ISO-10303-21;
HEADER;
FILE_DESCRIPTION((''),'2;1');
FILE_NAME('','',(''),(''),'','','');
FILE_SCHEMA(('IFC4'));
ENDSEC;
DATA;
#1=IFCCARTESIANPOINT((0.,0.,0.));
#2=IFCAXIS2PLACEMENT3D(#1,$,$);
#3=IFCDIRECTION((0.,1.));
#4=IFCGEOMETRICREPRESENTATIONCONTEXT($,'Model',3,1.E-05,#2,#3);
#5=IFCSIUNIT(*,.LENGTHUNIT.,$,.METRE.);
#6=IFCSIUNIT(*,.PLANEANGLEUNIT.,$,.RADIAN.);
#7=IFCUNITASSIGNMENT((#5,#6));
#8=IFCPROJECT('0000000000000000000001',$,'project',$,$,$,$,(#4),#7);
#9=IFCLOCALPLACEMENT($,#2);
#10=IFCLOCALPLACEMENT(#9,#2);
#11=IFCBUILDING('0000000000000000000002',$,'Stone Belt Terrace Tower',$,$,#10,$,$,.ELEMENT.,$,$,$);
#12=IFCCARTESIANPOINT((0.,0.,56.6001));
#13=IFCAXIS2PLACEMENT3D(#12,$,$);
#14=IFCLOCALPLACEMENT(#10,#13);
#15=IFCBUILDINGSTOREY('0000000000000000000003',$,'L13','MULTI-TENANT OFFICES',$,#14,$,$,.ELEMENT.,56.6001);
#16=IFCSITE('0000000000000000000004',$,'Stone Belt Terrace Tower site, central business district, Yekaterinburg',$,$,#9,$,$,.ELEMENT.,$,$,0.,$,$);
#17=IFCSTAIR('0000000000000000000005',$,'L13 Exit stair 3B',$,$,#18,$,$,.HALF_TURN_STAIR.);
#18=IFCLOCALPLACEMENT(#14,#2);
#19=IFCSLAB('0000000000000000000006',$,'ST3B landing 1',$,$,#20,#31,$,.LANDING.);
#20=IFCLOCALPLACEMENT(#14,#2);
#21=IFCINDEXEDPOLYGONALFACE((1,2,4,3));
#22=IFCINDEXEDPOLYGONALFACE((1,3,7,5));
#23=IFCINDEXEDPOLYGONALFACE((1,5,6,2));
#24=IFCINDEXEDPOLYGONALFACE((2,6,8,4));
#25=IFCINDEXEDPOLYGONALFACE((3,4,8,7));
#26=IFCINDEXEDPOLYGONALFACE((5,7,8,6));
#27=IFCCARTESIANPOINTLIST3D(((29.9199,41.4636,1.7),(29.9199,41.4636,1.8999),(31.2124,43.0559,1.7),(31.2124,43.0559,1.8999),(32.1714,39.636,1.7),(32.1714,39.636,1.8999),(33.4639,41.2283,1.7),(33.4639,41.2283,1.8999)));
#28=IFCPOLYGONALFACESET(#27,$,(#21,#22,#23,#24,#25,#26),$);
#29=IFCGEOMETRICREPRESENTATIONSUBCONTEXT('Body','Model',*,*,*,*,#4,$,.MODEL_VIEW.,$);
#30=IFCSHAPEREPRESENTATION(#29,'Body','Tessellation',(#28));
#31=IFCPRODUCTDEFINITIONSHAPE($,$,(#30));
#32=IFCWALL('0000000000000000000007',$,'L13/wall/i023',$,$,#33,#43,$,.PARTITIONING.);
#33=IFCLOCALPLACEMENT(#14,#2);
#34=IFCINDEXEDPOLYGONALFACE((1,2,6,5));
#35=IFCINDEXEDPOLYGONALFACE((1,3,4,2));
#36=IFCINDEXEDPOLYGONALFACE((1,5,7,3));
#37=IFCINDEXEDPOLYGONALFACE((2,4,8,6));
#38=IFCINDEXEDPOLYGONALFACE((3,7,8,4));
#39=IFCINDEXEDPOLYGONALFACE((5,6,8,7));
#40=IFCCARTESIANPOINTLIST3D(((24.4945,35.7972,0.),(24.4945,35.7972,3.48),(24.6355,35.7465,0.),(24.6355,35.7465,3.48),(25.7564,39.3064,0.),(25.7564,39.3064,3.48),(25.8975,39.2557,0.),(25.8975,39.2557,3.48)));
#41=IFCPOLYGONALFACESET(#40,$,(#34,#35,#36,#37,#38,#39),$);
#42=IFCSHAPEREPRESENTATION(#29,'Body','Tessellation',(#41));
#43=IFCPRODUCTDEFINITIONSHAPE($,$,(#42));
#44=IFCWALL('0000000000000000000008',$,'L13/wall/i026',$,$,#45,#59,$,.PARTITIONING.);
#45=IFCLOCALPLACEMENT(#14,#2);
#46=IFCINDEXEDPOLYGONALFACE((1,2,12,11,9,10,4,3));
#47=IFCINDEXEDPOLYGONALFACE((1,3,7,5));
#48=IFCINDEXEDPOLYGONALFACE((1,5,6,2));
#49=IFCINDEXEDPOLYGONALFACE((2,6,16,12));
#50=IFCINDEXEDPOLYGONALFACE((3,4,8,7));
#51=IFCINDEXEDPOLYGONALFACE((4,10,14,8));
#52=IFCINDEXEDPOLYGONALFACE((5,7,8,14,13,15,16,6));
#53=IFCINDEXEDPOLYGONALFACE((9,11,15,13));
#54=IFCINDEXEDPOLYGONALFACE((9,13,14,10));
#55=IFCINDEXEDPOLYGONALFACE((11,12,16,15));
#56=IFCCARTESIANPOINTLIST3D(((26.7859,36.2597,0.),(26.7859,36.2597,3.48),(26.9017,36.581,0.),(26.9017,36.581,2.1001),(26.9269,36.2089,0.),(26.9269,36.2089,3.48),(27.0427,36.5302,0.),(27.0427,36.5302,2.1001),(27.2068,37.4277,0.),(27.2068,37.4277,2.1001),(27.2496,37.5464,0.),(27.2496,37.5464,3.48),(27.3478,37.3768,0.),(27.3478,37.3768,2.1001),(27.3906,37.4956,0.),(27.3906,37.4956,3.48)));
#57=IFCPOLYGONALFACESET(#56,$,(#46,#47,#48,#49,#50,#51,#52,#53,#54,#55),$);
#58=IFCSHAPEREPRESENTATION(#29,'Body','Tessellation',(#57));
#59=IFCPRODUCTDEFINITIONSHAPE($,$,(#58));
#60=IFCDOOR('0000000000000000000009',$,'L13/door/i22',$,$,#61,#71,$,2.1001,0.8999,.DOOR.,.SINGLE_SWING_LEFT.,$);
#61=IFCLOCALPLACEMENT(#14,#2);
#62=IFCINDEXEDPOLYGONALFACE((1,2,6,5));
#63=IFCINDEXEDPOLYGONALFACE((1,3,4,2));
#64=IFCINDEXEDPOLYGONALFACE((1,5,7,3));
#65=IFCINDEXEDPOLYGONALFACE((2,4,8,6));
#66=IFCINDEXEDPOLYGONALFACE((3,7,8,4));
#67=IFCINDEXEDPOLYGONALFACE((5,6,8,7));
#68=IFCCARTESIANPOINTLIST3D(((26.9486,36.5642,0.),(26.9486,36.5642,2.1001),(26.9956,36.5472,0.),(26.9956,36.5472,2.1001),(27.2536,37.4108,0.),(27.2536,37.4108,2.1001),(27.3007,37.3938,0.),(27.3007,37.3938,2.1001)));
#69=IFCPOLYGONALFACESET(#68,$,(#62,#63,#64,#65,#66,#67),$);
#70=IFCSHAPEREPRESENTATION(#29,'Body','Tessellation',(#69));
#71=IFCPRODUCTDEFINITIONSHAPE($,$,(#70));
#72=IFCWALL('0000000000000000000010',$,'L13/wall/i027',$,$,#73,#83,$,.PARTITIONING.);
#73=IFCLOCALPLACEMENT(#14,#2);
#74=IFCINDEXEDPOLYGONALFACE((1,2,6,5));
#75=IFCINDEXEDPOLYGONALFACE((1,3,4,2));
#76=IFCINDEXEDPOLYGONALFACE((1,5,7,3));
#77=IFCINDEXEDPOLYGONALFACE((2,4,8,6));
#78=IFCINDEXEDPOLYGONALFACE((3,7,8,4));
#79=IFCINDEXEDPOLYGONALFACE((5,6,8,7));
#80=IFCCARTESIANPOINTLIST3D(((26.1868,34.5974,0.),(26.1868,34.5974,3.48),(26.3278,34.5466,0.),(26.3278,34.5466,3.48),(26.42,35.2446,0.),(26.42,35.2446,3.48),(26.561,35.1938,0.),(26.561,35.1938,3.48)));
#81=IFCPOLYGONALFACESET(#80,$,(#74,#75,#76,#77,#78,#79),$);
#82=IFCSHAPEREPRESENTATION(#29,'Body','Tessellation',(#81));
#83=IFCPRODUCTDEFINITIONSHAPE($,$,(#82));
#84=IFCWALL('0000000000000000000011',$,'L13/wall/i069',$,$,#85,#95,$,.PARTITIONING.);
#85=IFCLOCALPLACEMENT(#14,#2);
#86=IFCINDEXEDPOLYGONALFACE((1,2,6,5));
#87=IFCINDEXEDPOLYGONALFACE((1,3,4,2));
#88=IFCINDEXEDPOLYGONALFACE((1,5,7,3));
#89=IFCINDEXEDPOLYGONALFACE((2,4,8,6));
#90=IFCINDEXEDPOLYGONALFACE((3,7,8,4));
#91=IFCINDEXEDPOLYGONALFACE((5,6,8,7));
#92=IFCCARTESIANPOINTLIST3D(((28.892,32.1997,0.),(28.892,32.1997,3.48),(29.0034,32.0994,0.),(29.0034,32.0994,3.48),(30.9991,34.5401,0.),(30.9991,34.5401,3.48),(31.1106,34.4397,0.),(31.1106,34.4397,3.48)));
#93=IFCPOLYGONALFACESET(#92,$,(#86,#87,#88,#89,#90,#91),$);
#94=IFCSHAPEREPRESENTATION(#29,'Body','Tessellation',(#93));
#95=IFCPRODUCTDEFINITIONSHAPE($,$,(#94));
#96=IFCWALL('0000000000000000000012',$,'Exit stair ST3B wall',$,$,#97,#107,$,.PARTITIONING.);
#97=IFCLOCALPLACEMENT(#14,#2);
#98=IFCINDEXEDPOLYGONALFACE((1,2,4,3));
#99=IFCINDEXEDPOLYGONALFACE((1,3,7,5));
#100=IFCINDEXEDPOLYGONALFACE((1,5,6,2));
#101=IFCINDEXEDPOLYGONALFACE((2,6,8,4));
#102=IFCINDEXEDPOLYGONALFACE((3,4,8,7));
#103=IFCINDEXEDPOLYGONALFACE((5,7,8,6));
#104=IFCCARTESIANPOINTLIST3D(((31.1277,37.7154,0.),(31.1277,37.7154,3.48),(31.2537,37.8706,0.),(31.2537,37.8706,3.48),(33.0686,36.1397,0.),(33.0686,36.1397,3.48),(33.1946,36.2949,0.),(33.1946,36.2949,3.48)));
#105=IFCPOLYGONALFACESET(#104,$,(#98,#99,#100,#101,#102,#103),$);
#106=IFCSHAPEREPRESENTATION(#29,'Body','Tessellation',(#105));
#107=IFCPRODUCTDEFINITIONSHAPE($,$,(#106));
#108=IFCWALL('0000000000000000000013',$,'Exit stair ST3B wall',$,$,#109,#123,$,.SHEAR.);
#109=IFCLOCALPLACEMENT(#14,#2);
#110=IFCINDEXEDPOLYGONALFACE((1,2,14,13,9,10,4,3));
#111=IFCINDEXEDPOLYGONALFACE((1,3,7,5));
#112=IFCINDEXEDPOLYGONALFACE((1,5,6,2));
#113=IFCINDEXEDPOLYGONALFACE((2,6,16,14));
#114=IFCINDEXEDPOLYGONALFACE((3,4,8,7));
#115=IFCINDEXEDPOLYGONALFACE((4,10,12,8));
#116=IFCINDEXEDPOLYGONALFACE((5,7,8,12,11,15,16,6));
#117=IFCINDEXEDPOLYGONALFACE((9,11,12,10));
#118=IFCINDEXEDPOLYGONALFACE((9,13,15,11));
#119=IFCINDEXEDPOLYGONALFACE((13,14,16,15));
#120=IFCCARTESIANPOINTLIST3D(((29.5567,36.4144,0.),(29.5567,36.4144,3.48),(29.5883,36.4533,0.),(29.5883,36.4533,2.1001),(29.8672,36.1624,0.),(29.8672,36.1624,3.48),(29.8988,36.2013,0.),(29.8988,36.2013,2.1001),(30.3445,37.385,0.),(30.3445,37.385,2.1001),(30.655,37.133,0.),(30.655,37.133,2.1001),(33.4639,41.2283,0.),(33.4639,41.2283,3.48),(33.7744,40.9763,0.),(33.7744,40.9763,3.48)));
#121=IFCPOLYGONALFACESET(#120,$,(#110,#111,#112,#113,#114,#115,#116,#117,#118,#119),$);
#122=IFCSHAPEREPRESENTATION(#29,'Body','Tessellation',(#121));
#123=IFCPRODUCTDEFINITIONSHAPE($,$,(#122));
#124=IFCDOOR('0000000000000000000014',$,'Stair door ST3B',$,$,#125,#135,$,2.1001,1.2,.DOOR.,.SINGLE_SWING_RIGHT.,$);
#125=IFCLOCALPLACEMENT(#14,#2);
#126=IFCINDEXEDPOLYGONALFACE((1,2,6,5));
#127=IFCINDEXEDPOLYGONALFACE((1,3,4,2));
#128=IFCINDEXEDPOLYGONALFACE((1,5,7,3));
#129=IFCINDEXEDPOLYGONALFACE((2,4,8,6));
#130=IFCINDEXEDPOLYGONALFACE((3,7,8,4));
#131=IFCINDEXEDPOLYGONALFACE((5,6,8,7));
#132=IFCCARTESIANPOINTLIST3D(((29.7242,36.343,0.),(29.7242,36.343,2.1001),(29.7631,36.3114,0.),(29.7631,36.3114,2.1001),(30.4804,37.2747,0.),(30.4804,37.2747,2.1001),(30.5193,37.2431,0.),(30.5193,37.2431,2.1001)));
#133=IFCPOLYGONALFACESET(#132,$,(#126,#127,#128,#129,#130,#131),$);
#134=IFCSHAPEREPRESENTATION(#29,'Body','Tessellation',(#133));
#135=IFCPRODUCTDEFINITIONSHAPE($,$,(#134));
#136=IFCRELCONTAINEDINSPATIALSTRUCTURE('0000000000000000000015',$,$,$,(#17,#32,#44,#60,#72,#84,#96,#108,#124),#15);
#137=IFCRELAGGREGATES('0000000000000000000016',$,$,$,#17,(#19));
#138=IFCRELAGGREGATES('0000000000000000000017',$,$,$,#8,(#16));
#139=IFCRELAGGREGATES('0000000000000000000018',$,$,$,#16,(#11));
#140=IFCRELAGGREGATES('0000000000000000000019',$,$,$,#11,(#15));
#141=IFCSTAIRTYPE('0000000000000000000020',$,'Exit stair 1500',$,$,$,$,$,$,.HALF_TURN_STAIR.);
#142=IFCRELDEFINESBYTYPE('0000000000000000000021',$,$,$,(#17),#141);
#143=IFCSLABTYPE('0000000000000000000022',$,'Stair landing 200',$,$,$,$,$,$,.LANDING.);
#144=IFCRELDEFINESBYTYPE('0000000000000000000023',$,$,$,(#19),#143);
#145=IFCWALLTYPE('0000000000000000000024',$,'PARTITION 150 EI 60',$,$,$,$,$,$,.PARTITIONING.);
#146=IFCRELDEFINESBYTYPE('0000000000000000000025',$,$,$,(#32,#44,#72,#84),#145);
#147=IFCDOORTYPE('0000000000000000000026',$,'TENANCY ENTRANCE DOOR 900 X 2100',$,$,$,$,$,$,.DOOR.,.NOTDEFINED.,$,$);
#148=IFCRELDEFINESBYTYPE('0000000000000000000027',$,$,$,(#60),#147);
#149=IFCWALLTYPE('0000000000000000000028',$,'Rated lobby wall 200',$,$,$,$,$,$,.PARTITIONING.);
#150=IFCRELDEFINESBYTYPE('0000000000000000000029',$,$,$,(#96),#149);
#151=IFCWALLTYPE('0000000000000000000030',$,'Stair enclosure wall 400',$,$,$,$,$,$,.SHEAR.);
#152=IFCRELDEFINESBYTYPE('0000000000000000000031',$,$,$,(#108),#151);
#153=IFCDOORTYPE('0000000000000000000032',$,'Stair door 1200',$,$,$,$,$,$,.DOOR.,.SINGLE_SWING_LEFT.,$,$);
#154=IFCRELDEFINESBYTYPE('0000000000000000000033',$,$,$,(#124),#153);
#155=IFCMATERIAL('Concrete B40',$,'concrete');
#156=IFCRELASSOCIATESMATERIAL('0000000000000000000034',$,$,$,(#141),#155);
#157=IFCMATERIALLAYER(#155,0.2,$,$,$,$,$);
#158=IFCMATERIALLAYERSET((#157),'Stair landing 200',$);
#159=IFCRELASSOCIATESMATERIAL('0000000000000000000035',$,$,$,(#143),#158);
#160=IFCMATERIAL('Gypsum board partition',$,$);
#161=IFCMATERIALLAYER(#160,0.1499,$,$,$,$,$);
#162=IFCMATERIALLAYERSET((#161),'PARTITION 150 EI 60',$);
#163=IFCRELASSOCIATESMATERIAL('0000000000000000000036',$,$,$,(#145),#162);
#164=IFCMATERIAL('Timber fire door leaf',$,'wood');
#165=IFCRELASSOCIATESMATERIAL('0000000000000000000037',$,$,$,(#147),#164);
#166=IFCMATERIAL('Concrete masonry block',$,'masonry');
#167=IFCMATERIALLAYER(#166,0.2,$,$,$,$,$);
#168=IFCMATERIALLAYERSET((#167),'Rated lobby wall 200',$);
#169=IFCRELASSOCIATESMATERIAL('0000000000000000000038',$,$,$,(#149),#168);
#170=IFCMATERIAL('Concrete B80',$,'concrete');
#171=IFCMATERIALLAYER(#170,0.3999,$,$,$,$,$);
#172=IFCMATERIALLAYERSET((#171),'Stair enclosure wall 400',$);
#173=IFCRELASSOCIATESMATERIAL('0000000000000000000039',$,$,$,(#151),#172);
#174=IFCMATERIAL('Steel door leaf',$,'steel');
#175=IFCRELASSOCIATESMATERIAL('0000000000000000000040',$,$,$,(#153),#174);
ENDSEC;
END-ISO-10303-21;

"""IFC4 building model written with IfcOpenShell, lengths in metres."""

from ifc_helpers import new_model, si_unit, direction, frame, frame_2d, origin, place, context, subcontext, project, spatial, polyline, rectangle, outline, extrude, material, layer, layer_set, type_object, element, fill, aggregate, save


model = new_model("IFC4")

# Units and contexts
model_context = context("Model", 3, precision=1e-05, world=origin(), true_north=direction((0.0, 1.0)))
body_context = subcontext(model_context, "Body", "Model", "MODEL_VIEW")
ifc_project = project(units=[si_unit("LENGTHUNIT", "METRE"), si_unit("PLANEANGLEUNIT", "RADIAN")], contexts=[model_context])

# Site, building, storey
site_placement = place(None, origin())
site = spatial("IfcSite", under=ifc_project, at=site_placement, Name="Stone Belt Terrace Tower site, central business district, Yekaterinburg", CompositionType="ELEMENT", RefElevation=0.0)
building_placement = place(site_placement, origin())
building = spatial("IfcBuilding", under=site, at=building_placement, Name="Stone Belt Terrace Tower", CompositionType="ELEMENT")
storey_placement = place(building_placement, frame((0.0, 0.0, 56.6001)))
storey = spatial("IfcBuildingStorey", under=building, at=storey_placement, Name="L13", Description="MULTI-TENANT OFFICES", CompositionType="ELEMENT", Elevation=56.6001)

# Shared definitions
ifc_material_1 = material(Name="Concrete B80", Category="concrete")

# Shared definitions
ifc_material_2 = material(Name="Concrete B40", Category="concrete")

# Stair, slab
stair_type = type_object("IfcStairType", Name="Exit stair 1500", PredefinedType="HALF_TURN_STAIR", material=ifc_material_2)
ifc_layer_1 = layer(ifc_material_2, 0.2)
ifc_layer_set_1 = layer_set([ifc_layer_1], Name="Stair landing 200")
slab_type_1 = type_object("IfcSlabType", Name="Stair landing 200", PredefinedType="LANDING", material=ifc_layer_set_1)
stair_1_placement = place(storey_placement, origin())
stair_1 = element("IfcStair", 1, at=stair_1_placement, inside=storey, type_object=stair_type, Name="L13 Exit stair 3B", PredefinedType="HALF_TURN_STAIR")
slab_1_placement = place(storey_placement, frame((0.0, 0.0, 1.7)))
slab_1 = element("IfcSlab", 2, at=slab_1_placement, type_object=slab_type_1, Name="ST3B landing 1", PredefinedType="LANDING", context=body_context, shape_type="SweptSolid", body=[
    extrude(outline(polyline([(32.1714, 39.636), (33.4639, 41.2283), (31.2124, 43.0559), (29.9199, 41.4636), (32.1714, 39.636)])), origin(), (0.0, 0.0, 1.0), 0.2),
])
aggregate(stair_1, [slab_1])

# Wall
ifc_material_3 = material(Name="Gypsum board partition")
ifc_layer_2 = layer(ifc_material_3, 0.1499)
ifc_layer_set_2 = layer_set([ifc_layer_2], Name="PARTITION 150 EI 60")
wall_type_1 = type_object("IfcWallType", Name="PARTITION 150 EI 60", PredefinedType="PARTITIONING", material=ifc_layer_set_2)
wall_1_placement = place(storey_placement, frame((24.5649, 35.7717, 0.0), z_axis=(0.0, 0.0, 1.0), x_axis=(0.338393, 0.941005, 0.0)))
element("IfcWall", 3, at=wall_1_placement, inside=storey, type_object=wall_type_1, Name="L13/wall/i023", PredefinedType="PARTITIONING", context=body_context, shape_type="SweptSolid", body=[
    extrude(rectangle(XDim=3.7292, YDim=0.1499, at=frame_2d((1.8647, 0.0))), origin(), (0.0, 0.0, 1.0), 3.48),
])

# Wall, opening, door
wall_2_placement = place(storey_placement, frame((27.3201, 37.521, 0.0), z_axis=(0.0, 0.0, 1.0), x_axis=(-0.339004, -0.940785, 0.0)))
wall_2 = element("IfcWall", 4, at=wall_2_placement, inside=storey, type_object=wall_type_1, Name="L13/wall/i026", PredefinedType="PARTITIONING", context=body_context, shape_type="SweptSolid", body=[
    extrude(rectangle(XDim=1.3677, YDim=0.1499, at=frame_2d((0.6838, 0.0))), origin(), (0.0, 0.0, 1.0), 3.48),
])
opening_1_placement = place(wall_2_placement, frame((0.1262, 0.0, 0.0)))
opening_1 = element("IfcOpeningElement", 5, at=opening_1_placement, cuts=wall_2, PredefinedType="OPENING", context=body_context, shape_type="SweptSolid", body=[
    extrude(rectangle(XDim=0.8999, YDim=2.1001, at=frame_2d((0.45, 1.05))), frame((0.0, 0.085, 0.0), z_axis=(0.0, -1.0, 0.0), x_axis=(1.0, 0.0, 0.0)), (0.0, 0.0, 1.0), 0.1699),
])
ifc_material_4 = material(Name="Timber fire door leaf", Category="wood")
door_type_1 = type_object("IfcDoorType", Name="TENANCY ENTRANCE DOOR 900 X 2100", OperationType="NOTDEFINED", PredefinedType="DOOR", material=ifc_material_4)
door_1_placement = place(opening_1_placement, origin())
door_1 = element("IfcDoor", 6, at=door_1_placement, inside=storey, type_object=door_type_1, Name="L13/door/i22", OperationType="SINGLE_SWING_LEFT", OverallHeight=2.1001, OverallWidth=0.8999, PredefinedType="DOOR", context=body_context, shape_type="SweptSolid", body=[
    extrude(rectangle(XDim=0.8999, YDim=2.1001, at=frame_2d((0.45, 1.05))), frame((0.0, 0.0249, 0.0), z_axis=(0.0, -1.0, 0.0), x_axis=(1.0, 0.0, 0.0)), (0.0, 0.0, 1.0), 0.05),
])
fill(opening_1, door_1)

# Walls
wall_3_placement = place(storey_placement, frame((26.4905, 35.2192, 0.0), z_axis=(0.0, 0.0, 1.0), x_axis=(-0.338921, -0.940815, 0.0)))
element("IfcWall", 7, at=wall_3_placement, inside=storey, type_object=wall_type_1, Name="L13/wall/i027", PredefinedType="PARTITIONING", context=body_context, shape_type="SweptSolid", body=[
    extrude(rectangle(XDim=0.688, YDim=0.1499, at=frame_2d((0.344, 0.0))), origin(), (0.0, 0.0, 1.0), 3.48),
])
wall_4_placement = place(storey_placement, frame((31.0549, 34.49, 0.0), z_axis=(0.0, 0.0, 1.0), x_axis=(-0.669119, -0.743155, 0.0)))
element("IfcWall", 8, at=wall_4_placement, inside=storey, type_object=wall_type_1, Name="L13/wall/i069", PredefinedType="PARTITIONING", context=body_context, shape_type="SweptSolid", body=[
    extrude(rectangle(XDim=3.1492, YDim=0.1499, at=frame_2d((1.5747, 0.0))), origin(), (0.0, 0.0, 1.0), 3.48),
])
ifc_material_5 = material(Name="Concrete masonry block", Category="masonry")
ifc_layer_3 = layer(ifc_material_5, 0.2)
ifc_layer_set_3 = layer_set([ifc_layer_3], Name="Rated lobby wall 200")
wall_type_2 = type_object("IfcWallType", Name="Rated lobby wall 200", PredefinedType="PARTITIONING", material=ifc_layer_set_3)
wall_5_placement = place(storey_placement, frame((31.1907, 37.793, 0.0), z_axis=(0.0, 0.0, 1.0), x_axis=(0.776371, -0.630276, 0.0)))
element("IfcWall", 9, at=wall_5_placement, inside=storey, type_object=wall_type_2, Name="Exit stair ST3B wall", PredefinedType="PARTITIONING", context=body_context, shape_type="SweptSolid", body=[
    extrude(rectangle(XDim=2.5, YDim=0.2, at=frame_2d((1.25, 0.0))), origin(), (0.0, 0.0, 1.0), 3.48),
])

# Wall, opening, door
ifc_layer_4 = layer(ifc_material_1, 0.3999)
ifc_layer_set_4 = layer_set([ifc_layer_4], Name="Stair enclosure wall 400")
wall_type_3 = type_object("IfcWallType", Name="Stair enclosure wall 400", PredefinedType="SHEAR", material=ifc_layer_set_4)
wall_6_placement = place(storey_placement, frame((29.7119, 36.2883, 0.0), z_axis=(0.0, 0.0, 1.0), x_axis=(0.630192, 0.776439, 0.0)))
wall_6 = element("IfcWall", 10, at=wall_6_placement, inside=storey, type_object=wall_type_3, Name="Exit stair ST3B wall", PredefinedType="SHEAR", context=body_context, shape_type="SweptSolid", body=[
    extrude(rectangle(XDim=6.2, YDim=0.3999, at=frame_2d((3.1001, 0.0))), origin(), (0.0, 0.0, 1.0), 3.48),
])
opening_2_placement = place(wall_6_placement, frame((0.05, 0.0, 0.0)))
opening_2 = element("IfcOpeningElement", 11, at=opening_2_placement, cuts=wall_6, PredefinedType="OPENING", context=body_context, shape_type="SweptSolid", body=[
    extrude(rectangle(XDim=1.2, YDim=2.1001, at=frame_2d((0.6001, 1.05))), frame((0.0, 0.21, 0.0), z_axis=(0.0, -1.0, 0.0), x_axis=(1.0, 0.0, 0.0)), (0.0, 0.0, 1.0), 0.4199),
])
ifc_material_6 = material(Name="Steel door leaf", Category="steel")
door_type_2 = type_object("IfcDoorType", Name="Stair door 1200", OperationType="SINGLE_SWING_LEFT", PredefinedType="DOOR", material=ifc_material_6)
door_2_placement = place(opening_2_placement, origin())
door_2 = element("IfcDoor", 12, at=door_2_placement, inside=storey, type_object=door_type_2, Name="Stair door ST3B", OperationType="SINGLE_SWING_RIGHT", OverallHeight=2.1001, OverallWidth=1.2, PredefinedType="DOOR", context=body_context, shape_type="SweptSolid", body=[
    extrude(rectangle(XDim=1.2, YDim=2.1001, at=frame_2d((0.6001, 1.05))), frame((0.0, 0.0249, 0.0), z_axis=(0.0, -1.0, 0.0), x_axis=(1.0, 0.0, 0.0)), (0.0, 0.0, 1.0), 0.05),
])
fill(opening_2, door_2)

save(model, "model.ifc")
